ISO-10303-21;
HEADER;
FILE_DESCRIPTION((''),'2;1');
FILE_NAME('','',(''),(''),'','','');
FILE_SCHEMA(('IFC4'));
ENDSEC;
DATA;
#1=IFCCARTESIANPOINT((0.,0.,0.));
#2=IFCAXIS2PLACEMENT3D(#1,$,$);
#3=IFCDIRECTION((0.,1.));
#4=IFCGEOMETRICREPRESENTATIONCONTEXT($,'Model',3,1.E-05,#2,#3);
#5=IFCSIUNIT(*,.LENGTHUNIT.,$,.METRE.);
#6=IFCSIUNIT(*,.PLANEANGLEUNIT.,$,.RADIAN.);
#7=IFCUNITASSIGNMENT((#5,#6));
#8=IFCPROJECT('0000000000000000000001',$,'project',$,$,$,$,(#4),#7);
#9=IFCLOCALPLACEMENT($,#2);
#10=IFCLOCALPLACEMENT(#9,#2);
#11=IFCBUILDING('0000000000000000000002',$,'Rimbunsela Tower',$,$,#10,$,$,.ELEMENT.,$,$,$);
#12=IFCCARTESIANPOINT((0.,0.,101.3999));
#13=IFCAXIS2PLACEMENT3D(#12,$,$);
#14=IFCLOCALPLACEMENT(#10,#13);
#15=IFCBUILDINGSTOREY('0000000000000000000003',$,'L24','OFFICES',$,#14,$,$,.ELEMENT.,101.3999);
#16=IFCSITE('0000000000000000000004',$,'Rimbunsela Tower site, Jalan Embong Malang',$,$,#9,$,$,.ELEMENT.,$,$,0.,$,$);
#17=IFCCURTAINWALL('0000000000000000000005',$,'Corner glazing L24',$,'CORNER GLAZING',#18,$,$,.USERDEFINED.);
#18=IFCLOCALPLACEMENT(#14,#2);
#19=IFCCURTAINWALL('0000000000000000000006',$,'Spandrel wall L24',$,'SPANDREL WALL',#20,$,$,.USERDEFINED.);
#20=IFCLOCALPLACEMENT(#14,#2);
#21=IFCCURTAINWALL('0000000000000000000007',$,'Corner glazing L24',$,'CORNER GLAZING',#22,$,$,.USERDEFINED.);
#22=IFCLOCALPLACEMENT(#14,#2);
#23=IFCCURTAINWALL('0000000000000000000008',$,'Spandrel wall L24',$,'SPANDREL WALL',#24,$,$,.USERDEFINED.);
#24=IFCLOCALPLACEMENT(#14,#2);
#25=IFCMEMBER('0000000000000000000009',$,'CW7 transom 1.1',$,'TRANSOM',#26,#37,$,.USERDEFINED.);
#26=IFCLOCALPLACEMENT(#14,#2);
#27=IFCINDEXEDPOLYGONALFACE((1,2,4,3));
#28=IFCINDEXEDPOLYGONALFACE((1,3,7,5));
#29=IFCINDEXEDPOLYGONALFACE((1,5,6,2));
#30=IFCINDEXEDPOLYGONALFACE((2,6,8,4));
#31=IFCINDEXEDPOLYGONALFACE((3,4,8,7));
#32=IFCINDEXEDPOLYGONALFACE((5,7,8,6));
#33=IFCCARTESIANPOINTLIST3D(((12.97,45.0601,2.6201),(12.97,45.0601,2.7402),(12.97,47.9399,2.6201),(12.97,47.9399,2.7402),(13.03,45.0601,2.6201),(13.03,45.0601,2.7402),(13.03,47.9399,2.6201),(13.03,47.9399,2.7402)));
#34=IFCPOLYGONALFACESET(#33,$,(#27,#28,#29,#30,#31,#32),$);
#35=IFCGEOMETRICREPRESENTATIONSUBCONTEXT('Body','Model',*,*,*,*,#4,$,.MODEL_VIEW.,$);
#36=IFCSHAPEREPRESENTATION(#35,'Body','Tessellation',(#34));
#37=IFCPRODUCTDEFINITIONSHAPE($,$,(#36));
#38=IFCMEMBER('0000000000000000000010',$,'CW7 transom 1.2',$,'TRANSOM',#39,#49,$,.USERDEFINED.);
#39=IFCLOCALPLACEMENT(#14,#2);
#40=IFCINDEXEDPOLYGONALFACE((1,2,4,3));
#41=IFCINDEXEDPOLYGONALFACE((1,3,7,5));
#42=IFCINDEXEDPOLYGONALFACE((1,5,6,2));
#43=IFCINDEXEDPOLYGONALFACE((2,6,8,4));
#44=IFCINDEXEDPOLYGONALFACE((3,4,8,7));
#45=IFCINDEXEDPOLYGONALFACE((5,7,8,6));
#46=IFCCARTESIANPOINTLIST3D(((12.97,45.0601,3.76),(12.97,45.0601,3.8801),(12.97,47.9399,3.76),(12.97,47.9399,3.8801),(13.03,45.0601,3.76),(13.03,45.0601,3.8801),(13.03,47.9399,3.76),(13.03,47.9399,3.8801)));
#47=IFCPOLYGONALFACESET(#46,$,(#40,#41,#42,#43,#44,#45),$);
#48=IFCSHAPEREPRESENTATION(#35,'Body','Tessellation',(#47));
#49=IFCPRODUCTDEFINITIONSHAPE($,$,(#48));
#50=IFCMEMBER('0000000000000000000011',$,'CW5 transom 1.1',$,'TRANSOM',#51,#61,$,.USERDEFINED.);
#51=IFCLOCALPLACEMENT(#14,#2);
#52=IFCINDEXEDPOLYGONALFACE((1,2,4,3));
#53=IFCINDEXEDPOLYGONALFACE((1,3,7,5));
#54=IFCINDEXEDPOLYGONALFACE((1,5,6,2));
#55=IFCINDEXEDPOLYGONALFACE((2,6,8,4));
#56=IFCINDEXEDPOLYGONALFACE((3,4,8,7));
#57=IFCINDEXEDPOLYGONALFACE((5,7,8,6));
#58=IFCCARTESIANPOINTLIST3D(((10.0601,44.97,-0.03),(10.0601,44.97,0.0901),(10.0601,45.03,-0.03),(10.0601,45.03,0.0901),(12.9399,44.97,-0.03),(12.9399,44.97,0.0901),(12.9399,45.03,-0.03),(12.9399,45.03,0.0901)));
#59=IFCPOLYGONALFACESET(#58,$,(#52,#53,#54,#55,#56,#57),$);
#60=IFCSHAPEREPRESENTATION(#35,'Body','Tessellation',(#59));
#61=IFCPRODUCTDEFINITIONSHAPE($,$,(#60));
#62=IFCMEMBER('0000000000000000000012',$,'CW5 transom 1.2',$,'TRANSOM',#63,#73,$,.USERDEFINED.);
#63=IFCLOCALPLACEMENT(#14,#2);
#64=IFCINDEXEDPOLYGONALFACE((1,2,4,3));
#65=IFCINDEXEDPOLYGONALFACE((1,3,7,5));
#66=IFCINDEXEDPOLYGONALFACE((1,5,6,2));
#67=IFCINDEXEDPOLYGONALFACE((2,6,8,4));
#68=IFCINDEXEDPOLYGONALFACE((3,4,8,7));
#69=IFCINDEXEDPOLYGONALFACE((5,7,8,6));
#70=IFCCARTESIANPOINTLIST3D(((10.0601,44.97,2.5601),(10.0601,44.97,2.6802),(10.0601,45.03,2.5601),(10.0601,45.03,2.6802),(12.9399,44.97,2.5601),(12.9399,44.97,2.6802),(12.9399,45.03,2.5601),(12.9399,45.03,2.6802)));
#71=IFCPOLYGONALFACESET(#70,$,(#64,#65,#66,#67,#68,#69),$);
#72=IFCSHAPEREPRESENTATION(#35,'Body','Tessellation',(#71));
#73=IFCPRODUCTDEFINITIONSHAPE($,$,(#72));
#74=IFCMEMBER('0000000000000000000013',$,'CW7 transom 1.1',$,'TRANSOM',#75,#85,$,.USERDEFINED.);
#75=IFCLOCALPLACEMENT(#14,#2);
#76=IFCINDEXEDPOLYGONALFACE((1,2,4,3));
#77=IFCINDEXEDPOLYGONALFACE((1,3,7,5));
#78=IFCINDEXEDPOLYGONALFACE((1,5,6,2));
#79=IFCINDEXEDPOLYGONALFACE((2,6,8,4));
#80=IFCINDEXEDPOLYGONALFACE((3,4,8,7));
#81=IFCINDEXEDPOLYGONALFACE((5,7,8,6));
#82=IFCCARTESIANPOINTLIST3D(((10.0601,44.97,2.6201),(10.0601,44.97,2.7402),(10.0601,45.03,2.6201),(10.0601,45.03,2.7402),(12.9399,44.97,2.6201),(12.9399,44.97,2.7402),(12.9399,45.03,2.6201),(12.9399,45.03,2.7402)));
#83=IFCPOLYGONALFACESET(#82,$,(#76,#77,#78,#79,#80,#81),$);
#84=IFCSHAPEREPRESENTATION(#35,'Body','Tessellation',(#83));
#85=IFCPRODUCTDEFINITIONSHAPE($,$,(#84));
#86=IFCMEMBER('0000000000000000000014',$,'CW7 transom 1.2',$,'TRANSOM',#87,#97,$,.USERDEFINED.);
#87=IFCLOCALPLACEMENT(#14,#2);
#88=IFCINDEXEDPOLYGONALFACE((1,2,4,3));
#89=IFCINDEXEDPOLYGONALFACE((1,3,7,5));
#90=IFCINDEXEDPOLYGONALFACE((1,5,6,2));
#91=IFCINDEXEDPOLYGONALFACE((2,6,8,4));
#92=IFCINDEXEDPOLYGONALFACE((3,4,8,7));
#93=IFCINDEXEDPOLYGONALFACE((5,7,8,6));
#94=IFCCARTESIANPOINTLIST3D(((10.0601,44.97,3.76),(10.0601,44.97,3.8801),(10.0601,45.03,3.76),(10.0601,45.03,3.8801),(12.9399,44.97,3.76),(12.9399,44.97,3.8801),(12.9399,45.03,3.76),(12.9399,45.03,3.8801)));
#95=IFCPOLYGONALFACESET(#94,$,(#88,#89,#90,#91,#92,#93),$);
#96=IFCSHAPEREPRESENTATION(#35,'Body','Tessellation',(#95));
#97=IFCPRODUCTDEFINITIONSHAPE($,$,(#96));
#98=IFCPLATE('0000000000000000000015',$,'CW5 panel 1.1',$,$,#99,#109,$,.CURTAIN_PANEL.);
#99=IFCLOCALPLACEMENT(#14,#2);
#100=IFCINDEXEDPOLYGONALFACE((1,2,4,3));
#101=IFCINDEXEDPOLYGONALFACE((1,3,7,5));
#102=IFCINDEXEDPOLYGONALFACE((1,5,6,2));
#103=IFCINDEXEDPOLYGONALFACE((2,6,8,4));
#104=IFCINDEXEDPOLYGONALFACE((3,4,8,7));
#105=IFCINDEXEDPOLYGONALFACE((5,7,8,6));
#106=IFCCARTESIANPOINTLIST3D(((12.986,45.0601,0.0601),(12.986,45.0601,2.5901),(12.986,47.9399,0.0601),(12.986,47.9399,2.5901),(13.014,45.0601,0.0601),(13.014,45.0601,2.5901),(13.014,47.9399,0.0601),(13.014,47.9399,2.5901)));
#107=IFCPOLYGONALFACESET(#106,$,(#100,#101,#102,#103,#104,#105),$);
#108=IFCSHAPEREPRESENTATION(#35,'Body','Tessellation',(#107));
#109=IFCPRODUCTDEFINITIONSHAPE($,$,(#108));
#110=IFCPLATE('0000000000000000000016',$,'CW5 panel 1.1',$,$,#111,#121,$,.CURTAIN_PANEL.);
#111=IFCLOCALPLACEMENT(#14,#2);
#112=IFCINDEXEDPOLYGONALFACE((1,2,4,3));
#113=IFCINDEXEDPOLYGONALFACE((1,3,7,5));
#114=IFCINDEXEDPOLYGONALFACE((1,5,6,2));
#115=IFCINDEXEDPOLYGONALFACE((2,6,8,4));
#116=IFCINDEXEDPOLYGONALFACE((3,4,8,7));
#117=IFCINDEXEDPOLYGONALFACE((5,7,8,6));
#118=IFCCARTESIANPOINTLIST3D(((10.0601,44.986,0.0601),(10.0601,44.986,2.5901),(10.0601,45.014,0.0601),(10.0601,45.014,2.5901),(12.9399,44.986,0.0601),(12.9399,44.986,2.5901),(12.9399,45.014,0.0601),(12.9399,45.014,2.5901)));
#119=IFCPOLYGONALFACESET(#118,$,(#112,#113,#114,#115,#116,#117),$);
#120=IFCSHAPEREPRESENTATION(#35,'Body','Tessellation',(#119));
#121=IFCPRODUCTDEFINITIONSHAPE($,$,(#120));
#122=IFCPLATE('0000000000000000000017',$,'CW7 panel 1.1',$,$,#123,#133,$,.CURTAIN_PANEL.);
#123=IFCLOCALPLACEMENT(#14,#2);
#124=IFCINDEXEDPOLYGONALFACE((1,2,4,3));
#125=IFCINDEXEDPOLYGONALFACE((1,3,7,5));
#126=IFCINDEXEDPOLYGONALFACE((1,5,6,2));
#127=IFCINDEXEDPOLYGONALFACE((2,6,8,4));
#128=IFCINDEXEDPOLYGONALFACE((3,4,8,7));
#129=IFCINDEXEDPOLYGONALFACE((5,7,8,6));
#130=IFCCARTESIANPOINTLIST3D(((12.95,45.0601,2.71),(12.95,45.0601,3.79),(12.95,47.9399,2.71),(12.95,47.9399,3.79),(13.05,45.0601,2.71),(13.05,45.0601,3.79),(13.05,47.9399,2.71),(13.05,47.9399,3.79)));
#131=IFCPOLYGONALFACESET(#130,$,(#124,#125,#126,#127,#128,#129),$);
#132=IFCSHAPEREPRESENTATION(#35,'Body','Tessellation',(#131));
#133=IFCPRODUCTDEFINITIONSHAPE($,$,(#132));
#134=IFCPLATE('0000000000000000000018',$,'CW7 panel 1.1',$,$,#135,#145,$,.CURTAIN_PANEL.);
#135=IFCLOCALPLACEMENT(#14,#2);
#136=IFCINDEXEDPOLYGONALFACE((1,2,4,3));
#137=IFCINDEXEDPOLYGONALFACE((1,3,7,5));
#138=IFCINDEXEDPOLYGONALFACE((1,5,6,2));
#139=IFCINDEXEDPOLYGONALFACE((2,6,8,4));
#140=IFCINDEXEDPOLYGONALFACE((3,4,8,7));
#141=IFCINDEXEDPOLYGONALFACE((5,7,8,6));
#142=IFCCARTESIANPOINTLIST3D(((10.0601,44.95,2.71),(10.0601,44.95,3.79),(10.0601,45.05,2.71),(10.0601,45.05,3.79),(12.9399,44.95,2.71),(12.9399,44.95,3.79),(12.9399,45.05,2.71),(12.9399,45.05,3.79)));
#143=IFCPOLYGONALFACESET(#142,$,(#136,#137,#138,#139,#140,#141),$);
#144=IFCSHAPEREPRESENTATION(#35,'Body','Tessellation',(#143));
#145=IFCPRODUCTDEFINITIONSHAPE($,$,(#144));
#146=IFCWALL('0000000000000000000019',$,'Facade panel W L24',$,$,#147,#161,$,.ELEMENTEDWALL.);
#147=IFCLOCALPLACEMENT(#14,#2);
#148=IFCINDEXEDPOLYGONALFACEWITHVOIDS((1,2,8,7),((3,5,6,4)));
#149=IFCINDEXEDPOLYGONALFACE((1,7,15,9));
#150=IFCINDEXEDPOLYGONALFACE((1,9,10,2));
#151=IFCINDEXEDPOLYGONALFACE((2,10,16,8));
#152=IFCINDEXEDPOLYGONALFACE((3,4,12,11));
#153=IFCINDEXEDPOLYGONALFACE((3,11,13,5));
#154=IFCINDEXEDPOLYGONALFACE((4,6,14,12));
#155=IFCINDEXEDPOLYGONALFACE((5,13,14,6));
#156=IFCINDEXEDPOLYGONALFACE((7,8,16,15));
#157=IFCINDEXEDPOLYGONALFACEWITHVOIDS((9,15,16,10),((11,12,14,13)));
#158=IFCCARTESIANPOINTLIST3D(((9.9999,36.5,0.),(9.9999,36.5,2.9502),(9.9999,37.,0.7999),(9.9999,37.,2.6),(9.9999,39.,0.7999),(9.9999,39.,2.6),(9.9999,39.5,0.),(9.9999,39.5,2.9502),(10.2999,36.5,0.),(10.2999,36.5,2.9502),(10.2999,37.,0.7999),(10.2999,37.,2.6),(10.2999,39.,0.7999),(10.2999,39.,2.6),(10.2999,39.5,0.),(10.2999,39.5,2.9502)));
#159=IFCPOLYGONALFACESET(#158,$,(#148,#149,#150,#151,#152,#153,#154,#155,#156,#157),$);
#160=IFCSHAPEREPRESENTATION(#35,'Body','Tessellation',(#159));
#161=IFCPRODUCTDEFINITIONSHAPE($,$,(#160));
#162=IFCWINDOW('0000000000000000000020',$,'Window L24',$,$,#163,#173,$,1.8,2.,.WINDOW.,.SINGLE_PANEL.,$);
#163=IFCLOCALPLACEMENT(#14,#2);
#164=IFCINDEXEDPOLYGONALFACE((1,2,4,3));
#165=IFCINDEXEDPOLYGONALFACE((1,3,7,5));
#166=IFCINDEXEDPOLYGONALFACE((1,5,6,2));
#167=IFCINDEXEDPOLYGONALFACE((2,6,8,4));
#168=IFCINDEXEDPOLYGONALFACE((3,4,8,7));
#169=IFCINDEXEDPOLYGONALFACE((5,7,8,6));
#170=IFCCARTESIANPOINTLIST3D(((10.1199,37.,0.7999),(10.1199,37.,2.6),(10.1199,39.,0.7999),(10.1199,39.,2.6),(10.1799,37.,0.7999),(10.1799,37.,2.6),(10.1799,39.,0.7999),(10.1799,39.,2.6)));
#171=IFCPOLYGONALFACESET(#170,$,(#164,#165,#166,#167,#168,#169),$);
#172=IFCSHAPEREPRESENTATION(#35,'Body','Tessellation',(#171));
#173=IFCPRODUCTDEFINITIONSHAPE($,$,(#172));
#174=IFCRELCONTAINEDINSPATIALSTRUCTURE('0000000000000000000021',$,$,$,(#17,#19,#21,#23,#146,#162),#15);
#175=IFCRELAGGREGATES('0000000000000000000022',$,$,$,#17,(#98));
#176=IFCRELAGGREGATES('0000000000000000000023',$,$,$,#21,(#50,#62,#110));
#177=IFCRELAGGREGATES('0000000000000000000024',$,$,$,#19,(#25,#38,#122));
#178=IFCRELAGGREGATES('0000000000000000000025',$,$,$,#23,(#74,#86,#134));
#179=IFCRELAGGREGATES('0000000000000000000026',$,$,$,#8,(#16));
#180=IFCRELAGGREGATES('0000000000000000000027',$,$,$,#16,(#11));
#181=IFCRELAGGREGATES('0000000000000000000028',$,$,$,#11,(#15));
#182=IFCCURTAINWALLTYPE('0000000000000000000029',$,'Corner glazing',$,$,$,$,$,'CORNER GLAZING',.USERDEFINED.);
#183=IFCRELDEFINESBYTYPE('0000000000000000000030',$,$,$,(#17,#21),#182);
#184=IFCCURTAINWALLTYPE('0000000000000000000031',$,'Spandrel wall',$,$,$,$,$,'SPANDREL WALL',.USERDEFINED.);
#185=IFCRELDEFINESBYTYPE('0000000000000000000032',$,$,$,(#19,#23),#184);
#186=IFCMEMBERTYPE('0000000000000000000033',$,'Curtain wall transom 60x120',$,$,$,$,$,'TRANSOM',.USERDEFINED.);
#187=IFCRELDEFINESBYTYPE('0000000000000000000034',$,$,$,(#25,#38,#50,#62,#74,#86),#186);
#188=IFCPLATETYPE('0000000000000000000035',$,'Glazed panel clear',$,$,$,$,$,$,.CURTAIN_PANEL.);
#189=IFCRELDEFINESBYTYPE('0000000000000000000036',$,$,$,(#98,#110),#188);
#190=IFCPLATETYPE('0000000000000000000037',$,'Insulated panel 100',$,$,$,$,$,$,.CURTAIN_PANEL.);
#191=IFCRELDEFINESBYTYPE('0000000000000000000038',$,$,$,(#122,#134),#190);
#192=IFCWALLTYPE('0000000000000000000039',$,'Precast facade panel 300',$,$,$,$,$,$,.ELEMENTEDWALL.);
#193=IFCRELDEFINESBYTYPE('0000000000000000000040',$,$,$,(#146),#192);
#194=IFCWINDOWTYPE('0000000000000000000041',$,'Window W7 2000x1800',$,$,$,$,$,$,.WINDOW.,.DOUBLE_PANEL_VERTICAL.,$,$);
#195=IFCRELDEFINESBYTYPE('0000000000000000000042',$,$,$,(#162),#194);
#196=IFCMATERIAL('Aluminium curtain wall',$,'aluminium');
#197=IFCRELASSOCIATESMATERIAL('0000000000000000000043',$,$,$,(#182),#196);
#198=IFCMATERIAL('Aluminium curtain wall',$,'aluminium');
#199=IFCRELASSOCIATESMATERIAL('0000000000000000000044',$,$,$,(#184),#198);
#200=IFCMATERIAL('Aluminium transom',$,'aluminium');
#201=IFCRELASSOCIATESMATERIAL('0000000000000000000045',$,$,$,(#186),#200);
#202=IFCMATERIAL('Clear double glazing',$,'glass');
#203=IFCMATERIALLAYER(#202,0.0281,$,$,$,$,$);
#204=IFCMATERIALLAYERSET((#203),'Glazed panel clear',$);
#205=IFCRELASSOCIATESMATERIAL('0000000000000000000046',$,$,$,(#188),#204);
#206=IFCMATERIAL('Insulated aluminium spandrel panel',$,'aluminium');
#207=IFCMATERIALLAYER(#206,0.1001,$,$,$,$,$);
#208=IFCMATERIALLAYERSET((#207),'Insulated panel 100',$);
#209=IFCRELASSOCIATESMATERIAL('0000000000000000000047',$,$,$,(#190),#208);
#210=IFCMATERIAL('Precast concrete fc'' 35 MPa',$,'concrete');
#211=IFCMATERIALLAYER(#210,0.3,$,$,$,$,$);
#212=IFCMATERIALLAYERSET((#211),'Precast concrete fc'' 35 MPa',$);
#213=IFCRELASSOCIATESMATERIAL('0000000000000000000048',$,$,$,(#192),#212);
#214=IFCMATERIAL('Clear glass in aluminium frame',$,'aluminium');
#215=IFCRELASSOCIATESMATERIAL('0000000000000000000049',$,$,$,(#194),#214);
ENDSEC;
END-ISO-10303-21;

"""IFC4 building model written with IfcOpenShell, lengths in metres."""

from ifc_helpers import new_model, si_unit, direction, frame, frame_2d, origin, origin_2d, place, context, subcontext, project, spatial, rectangle, extrude, material, layer, layer_set, material_profile, profile_set, type_object, element, fill, aggregate, save


model = new_model("IFC4")

# Units and contexts
model_context = context("Model", 3, precision=1e-05, world=origin(), true_north=direction((0.0, 1.0)))
body_context = subcontext(model_context, "Body", "Model", "MODEL_VIEW")
ifc_project = project(units=[si_unit("LENGTHUNIT", "METRE"), si_unit("PLANEANGLEUNIT", "RADIAN")], contexts=[model_context])

# Site, building, storey
site_placement = place(None, origin())
site = spatial("IfcSite", under=ifc_project, at=site_placement, Name="Rimbunsela Tower site, Jalan Embong Malang", CompositionType="ELEMENT", RefElevation=0.0)
building_placement = place(site_placement, origin())
building = spatial("IfcBuilding", under=site, at=building_placement, Name="Rimbunsela Tower", CompositionType="ELEMENT")
storey_placement = place(building_placement, frame((0.0, 0.0, 101.3999)))
storey = spatial("IfcBuildingStorey", under=building, at=storey_placement, Name="L24", Description="OFFICES", CompositionType="ELEMENT", Elevation=101.3999)

# Curtain wall
ifc_material_1 = material(Name="Aluminium curtain wall", Category="aluminium")
curtain_wall_type_1 = type_object("IfcCurtainWallType", Name="Corner glazing", ElementType="CORNER GLAZING", PredefinedType="USERDEFINED", material=ifc_material_1)
curtain_wall_1_placement = place(storey_placement, origin())
curtain_wall_1 = element("IfcCurtainWall", 1, at=curtain_wall_1_placement, inside=storey, type_object=curtain_wall_type_1, Name="Corner glazing L24", ObjectType="CORNER GLAZING", PredefinedType="USERDEFINED")

# Curtain wall
ifc_material_2 = material(Name="Aluminium curtain wall", Category="aluminium")
curtain_wall_type_2 = type_object("IfcCurtainWallType", Name="Spandrel wall", ElementType="SPANDREL WALL", PredefinedType="USERDEFINED", material=ifc_material_2)
curtain_wall_2_placement = place(storey_placement, origin())
curtain_wall_2 = element("IfcCurtainWall", 2, at=curtain_wall_2_placement, inside=storey, type_object=curtain_wall_type_2, Name="Spandrel wall L24", ObjectType="SPANDREL WALL", PredefinedType="USERDEFINED")

# Curtain walls
curtain_wall_3_placement = place(storey_placement, origin())
curtain_wall_3 = element("IfcCurtainWall", 3, at=curtain_wall_3_placement, inside=storey, type_object=curtain_wall_type_1, Name="Corner glazing L24", ObjectType="CORNER GLAZING", PredefinedType="USERDEFINED")
curtain_wall_4_placement = place(storey_placement, origin())
curtain_wall_4 = element("IfcCurtainWall", 4, at=curtain_wall_4_placement, inside=storey, type_object=curtain_wall_type_2, Name="Spandrel wall L24", ObjectType="SPANDREL WALL", PredefinedType="USERDEFINED")

# Members
ifc_material_3 = material(Name="Aluminium transom", Category="aluminium")
ifc_material_profile_1 = material_profile(ifc_material_3, rectangle(XDim=0.0601, YDim=0.1201, at=origin_2d()), Name="Transom 60x120")
ifc_profile_set_1 = profile_set([ifc_material_profile_1], Name="Aluminium transom")
member_type_1 = type_object("IfcMemberType", Name="Curtain wall transom 60x120", ElementType="TRANSOM", PredefinedType="USERDEFINED", material=ifc_profile_set_1)
member_1_placement = place(storey_placement, frame((13.0, 47.9399, 2.6802), z_axis=(0.0, -1.0, 0.0), x_axis=(1.0, 0.0, 0.0)))
member_1 = element("IfcMember", 5, at=member_1_placement, type_object=member_type_1, Name="CW7 transom 1.1", ObjectType="TRANSOM", PredefinedType="USERDEFINED", context=body_context, shape_type="SweptSolid", body=[
    extrude(rectangle(XDim=0.0601, YDim=0.1201, at=origin_2d()), origin(), (0.0, 0.0, 1.0), 2.8799),
])
member_2_placement = place(storey_placement, frame((13.0, 47.9399, 3.8201), z_axis=(0.0, -1.0, 0.0), x_axis=(1.0, 0.0, 0.0)))
member_2 = element("IfcMember", 6, at=member_2_placement, type_object=member_type_1, Name="CW7 transom 1.2", ObjectType="TRANSOM", PredefinedType="USERDEFINED", context=body_context, shape_type="SweptSolid", body=[
    extrude(rectangle(XDim=0.0601, YDim=0.1201, at=origin_2d()), origin(), (0.0, 0.0, 1.0), 2.8799),
])
member_3_placement = place(storey_placement, frame((12.9399, 45.0, 0.03), z_axis=(-1.0, 0.0, 0.0), x_axis=(0.0, -1.0, 0.0)))
member_3 = element("IfcMember", 7, at=member_3_placement, type_object=member_type_1, Name="CW5 transom 1.1", ObjectType="TRANSOM", PredefinedType="USERDEFINED", context=body_context, shape_type="SweptSolid", body=[
    extrude(rectangle(XDim=0.0601, YDim=0.1201, at=origin_2d()), origin(), (0.0, 0.0, 1.0), 2.8799),
])
member_4_placement = place(storey_placement, frame((12.9399, 45.0, 2.6201), z_axis=(-1.0, 0.0, 0.0), x_axis=(0.0, -1.0, 0.0)))
member_4 = element("IfcMember", 8, at=member_4_placement, type_object=member_type_1, Name="CW5 transom 1.2", ObjectType="TRANSOM", PredefinedType="USERDEFINED", context=body_context, shape_type="SweptSolid", body=[
    extrude(rectangle(XDim=0.0601, YDim=0.1201, at=origin_2d()), origin(), (0.0, 0.0, 1.0), 2.8799),
])
member_5_placement = place(storey_placement, frame((12.9399, 45.0, 2.6802), z_axis=(-1.0, 0.0, 0.0), x_axis=(0.0, -1.0, 0.0)))
member_5 = element("IfcMember", 9, at=member_5_placement, type_object=member_type_1, Name="CW7 transom 1.1", ObjectType="TRANSOM", PredefinedType="USERDEFINED", context=body_context, shape_type="SweptSolid", body=[
    extrude(rectangle(XDim=0.0601, YDim=0.1201, at=origin_2d()), origin(), (0.0, 0.0, 1.0), 2.8799),
])
member_6_placement = place(storey_placement, frame((12.9399, 45.0, 3.8201), z_axis=(-1.0, 0.0, 0.0), x_axis=(0.0, -1.0, 0.0)))
member_6 = element("IfcMember", 10, at=member_6_placement, type_object=member_type_1, Name="CW7 transom 1.2", ObjectType="TRANSOM", PredefinedType="USERDEFINED", context=body_context, shape_type="SweptSolid", body=[
    extrude(rectangle(XDim=0.0601, YDim=0.1201, at=origin_2d()), origin(), (0.0, 0.0, 1.0), 2.8799),
])

# Plates
ifc_material_4 = material(Name="Clear double glazing", Category="glass")
ifc_layer_1 = layer(ifc_material_4, 0.0281)
ifc_layer_set_1 = layer_set([ifc_layer_1], Name="Glazed panel clear")
plate_type_1 = type_object("IfcPlateType", Name="Glazed panel clear", PredefinedType="CURTAIN_PANEL", material=ifc_layer_set_1)
plate_1_placement = place(storey_placement, frame((13.0, 46.5, 0.0601), z_axis=(0.0, 0.0, 1.0), x_axis=(0.0, -1.0, 0.0)))
plate_1 = element("IfcPlate", 11, at=plate_1_placement, type_object=plate_type_1, Name="CW5 panel 1.1", PredefinedType="CURTAIN_PANEL", context=body_context, shape_type="SweptSolid", body=[
    extrude(rectangle(XDim=2.8799, YDim=0.0281, at=origin_2d()), origin(), (0.0, 0.0, 1.0), 2.53),
])
aggregate(curtain_wall_1, [plate_1])
plate_2_placement = place(storey_placement, frame((11.5, 45.0, 0.0601), z_axis=(0.0, 0.0, 1.0), x_axis=(-1.0, 0.0, 0.0)))
plate_2 = element("IfcPlate", 12, at=plate_2_placement, type_object=plate_type_1, Name="CW5 panel 1.1", PredefinedType="CURTAIN_PANEL", context=body_context, shape_type="SweptSolid", body=[
    extrude(rectangle(XDim=2.8799, YDim=0.0281, at=origin_2d()), origin(), (0.0, 0.0, 1.0), 2.53),
])
aggregate(curtain_wall_3, [member_3, member_4, plate_2])
ifc_material_5 = material(Name="Insulated aluminium spandrel panel", Category="aluminium")
ifc_layer_2 = layer(ifc_material_5, 0.1001)
ifc_layer_set_2 = layer_set([ifc_layer_2], Name="Insulated panel 100")
plate_type_2 = type_object("IfcPlateType", Name="Insulated panel 100", PredefinedType="CURTAIN_PANEL", material=ifc_layer_set_2)
plate_3_placement = place(storey_placement, frame((13.0, 46.5, 2.71), z_axis=(0.0, 0.0, 1.0), x_axis=(0.0, -1.0, 0.0)))
plate_3 = element("IfcPlate", 13, at=plate_3_placement, type_object=plate_type_2, Name="CW7 panel 1.1", PredefinedType="CURTAIN_PANEL", context=body_context, shape_type="SweptSolid", body=[
    extrude(rectangle(XDim=2.8799, YDim=0.1001, at=origin_2d()), origin(), (0.0, 0.0, 1.0), 1.0801),
])
aggregate(curtain_wall_2, [member_1, member_2, plate_3])
plate_4_placement = place(storey_placement, frame((11.5, 45.0, 2.71), z_axis=(0.0, 0.0, 1.0), x_axis=(-1.0, 0.0, 0.0)))
plate_4 = element("IfcPlate", 14, at=plate_4_placement, type_object=plate_type_2, Name="CW7 panel 1.1", PredefinedType="CURTAIN_PANEL", context=body_context, shape_type="SweptSolid", body=[
    extrude(rectangle(XDim=2.8799, YDim=0.1001, at=origin_2d()), origin(), (0.0, 0.0, 1.0), 1.0801),
])
aggregate(curtain_wall_4, [member_5, member_6, plate_4])

# Wall, opening, window
ifc_material_6 = material(Name="Precast concrete fc' 35 MPa", Category="concrete")
ifc_layer_3 = layer(ifc_material_6, 0.3)
ifc_layer_set_3 = layer_set([ifc_layer_3], Name="Precast concrete fc' 35 MPa")
wall_type = type_object("IfcWallType", Name="Precast facade panel 300", PredefinedType="ELEMENTEDWALL", material=ifc_layer_set_3)
wall_1_placement = place(storey_placement, frame((10.1499, 39.5, 0.0), z_axis=(0.0, 0.0, 1.0), x_axis=(0.0, -1.0, 0.0)))
wall_1 = element("IfcWall", 15, at=wall_1_placement, inside=storey, type_object=wall_type, Name="Facade panel W L24", PredefinedType="ELEMENTEDWALL", context=body_context, shape_type="SweptSolid", body=[
    extrude(rectangle(XDim=3.0, YDim=0.3, at=frame_2d((1.5, 0.0))), origin(), (0.0, 0.0, 1.0), 2.9502),
])
opening_1_placement = place(wall_1_placement, frame((0.5, 0.0, 0.8)))
opening_1 = element("IfcOpeningElement", 16, at=opening_1_placement, cuts=wall_1, PredefinedType="OPENING", context=body_context, shape_type="SweptSolid", body=[
    extrude(rectangle(XDim=2.0, YDim=1.8, at=frame_2d((1.0, 0.8999))), frame((0.0, 0.1599, 0.0), z_axis=(0.0, -1.0, 0.0), x_axis=(1.0, 0.0, 0.0)), (0.0, 0.0, 1.0), 0.3201),
])
ifc_material_7 = material(Name="Clear glass in aluminium frame", Category="aluminium")
window_type = type_object("IfcWindowType", Name="Window W7 2000x1800", PartitioningType="DOUBLE_PANEL_VERTICAL", PredefinedType="WINDOW", material=ifc_material_7)
window_1_placement = place(opening_1_placement, origin())
window_1 = element("IfcWindow", 17, at=window_1_placement, inside=storey, type_object=window_type, Name="Window L24", OverallHeight=1.8, OverallWidth=2.0, PartitioningType="SINGLE_PANEL", PredefinedType="WINDOW", context=body_context, shape_type="SweptSolid", body=[
    extrude(rectangle(XDim=2.0, YDim=1.8, at=frame_2d((1.0, 0.8999))), frame((0.0, 0.03, 0.0), z_axis=(0.0, -1.0, 0.0), x_axis=(1.0, 0.0, 0.0)), (0.0, 0.0, 1.0), 0.0601),
])
fill(opening_1, window_1)

save(model, "model.ifc")
